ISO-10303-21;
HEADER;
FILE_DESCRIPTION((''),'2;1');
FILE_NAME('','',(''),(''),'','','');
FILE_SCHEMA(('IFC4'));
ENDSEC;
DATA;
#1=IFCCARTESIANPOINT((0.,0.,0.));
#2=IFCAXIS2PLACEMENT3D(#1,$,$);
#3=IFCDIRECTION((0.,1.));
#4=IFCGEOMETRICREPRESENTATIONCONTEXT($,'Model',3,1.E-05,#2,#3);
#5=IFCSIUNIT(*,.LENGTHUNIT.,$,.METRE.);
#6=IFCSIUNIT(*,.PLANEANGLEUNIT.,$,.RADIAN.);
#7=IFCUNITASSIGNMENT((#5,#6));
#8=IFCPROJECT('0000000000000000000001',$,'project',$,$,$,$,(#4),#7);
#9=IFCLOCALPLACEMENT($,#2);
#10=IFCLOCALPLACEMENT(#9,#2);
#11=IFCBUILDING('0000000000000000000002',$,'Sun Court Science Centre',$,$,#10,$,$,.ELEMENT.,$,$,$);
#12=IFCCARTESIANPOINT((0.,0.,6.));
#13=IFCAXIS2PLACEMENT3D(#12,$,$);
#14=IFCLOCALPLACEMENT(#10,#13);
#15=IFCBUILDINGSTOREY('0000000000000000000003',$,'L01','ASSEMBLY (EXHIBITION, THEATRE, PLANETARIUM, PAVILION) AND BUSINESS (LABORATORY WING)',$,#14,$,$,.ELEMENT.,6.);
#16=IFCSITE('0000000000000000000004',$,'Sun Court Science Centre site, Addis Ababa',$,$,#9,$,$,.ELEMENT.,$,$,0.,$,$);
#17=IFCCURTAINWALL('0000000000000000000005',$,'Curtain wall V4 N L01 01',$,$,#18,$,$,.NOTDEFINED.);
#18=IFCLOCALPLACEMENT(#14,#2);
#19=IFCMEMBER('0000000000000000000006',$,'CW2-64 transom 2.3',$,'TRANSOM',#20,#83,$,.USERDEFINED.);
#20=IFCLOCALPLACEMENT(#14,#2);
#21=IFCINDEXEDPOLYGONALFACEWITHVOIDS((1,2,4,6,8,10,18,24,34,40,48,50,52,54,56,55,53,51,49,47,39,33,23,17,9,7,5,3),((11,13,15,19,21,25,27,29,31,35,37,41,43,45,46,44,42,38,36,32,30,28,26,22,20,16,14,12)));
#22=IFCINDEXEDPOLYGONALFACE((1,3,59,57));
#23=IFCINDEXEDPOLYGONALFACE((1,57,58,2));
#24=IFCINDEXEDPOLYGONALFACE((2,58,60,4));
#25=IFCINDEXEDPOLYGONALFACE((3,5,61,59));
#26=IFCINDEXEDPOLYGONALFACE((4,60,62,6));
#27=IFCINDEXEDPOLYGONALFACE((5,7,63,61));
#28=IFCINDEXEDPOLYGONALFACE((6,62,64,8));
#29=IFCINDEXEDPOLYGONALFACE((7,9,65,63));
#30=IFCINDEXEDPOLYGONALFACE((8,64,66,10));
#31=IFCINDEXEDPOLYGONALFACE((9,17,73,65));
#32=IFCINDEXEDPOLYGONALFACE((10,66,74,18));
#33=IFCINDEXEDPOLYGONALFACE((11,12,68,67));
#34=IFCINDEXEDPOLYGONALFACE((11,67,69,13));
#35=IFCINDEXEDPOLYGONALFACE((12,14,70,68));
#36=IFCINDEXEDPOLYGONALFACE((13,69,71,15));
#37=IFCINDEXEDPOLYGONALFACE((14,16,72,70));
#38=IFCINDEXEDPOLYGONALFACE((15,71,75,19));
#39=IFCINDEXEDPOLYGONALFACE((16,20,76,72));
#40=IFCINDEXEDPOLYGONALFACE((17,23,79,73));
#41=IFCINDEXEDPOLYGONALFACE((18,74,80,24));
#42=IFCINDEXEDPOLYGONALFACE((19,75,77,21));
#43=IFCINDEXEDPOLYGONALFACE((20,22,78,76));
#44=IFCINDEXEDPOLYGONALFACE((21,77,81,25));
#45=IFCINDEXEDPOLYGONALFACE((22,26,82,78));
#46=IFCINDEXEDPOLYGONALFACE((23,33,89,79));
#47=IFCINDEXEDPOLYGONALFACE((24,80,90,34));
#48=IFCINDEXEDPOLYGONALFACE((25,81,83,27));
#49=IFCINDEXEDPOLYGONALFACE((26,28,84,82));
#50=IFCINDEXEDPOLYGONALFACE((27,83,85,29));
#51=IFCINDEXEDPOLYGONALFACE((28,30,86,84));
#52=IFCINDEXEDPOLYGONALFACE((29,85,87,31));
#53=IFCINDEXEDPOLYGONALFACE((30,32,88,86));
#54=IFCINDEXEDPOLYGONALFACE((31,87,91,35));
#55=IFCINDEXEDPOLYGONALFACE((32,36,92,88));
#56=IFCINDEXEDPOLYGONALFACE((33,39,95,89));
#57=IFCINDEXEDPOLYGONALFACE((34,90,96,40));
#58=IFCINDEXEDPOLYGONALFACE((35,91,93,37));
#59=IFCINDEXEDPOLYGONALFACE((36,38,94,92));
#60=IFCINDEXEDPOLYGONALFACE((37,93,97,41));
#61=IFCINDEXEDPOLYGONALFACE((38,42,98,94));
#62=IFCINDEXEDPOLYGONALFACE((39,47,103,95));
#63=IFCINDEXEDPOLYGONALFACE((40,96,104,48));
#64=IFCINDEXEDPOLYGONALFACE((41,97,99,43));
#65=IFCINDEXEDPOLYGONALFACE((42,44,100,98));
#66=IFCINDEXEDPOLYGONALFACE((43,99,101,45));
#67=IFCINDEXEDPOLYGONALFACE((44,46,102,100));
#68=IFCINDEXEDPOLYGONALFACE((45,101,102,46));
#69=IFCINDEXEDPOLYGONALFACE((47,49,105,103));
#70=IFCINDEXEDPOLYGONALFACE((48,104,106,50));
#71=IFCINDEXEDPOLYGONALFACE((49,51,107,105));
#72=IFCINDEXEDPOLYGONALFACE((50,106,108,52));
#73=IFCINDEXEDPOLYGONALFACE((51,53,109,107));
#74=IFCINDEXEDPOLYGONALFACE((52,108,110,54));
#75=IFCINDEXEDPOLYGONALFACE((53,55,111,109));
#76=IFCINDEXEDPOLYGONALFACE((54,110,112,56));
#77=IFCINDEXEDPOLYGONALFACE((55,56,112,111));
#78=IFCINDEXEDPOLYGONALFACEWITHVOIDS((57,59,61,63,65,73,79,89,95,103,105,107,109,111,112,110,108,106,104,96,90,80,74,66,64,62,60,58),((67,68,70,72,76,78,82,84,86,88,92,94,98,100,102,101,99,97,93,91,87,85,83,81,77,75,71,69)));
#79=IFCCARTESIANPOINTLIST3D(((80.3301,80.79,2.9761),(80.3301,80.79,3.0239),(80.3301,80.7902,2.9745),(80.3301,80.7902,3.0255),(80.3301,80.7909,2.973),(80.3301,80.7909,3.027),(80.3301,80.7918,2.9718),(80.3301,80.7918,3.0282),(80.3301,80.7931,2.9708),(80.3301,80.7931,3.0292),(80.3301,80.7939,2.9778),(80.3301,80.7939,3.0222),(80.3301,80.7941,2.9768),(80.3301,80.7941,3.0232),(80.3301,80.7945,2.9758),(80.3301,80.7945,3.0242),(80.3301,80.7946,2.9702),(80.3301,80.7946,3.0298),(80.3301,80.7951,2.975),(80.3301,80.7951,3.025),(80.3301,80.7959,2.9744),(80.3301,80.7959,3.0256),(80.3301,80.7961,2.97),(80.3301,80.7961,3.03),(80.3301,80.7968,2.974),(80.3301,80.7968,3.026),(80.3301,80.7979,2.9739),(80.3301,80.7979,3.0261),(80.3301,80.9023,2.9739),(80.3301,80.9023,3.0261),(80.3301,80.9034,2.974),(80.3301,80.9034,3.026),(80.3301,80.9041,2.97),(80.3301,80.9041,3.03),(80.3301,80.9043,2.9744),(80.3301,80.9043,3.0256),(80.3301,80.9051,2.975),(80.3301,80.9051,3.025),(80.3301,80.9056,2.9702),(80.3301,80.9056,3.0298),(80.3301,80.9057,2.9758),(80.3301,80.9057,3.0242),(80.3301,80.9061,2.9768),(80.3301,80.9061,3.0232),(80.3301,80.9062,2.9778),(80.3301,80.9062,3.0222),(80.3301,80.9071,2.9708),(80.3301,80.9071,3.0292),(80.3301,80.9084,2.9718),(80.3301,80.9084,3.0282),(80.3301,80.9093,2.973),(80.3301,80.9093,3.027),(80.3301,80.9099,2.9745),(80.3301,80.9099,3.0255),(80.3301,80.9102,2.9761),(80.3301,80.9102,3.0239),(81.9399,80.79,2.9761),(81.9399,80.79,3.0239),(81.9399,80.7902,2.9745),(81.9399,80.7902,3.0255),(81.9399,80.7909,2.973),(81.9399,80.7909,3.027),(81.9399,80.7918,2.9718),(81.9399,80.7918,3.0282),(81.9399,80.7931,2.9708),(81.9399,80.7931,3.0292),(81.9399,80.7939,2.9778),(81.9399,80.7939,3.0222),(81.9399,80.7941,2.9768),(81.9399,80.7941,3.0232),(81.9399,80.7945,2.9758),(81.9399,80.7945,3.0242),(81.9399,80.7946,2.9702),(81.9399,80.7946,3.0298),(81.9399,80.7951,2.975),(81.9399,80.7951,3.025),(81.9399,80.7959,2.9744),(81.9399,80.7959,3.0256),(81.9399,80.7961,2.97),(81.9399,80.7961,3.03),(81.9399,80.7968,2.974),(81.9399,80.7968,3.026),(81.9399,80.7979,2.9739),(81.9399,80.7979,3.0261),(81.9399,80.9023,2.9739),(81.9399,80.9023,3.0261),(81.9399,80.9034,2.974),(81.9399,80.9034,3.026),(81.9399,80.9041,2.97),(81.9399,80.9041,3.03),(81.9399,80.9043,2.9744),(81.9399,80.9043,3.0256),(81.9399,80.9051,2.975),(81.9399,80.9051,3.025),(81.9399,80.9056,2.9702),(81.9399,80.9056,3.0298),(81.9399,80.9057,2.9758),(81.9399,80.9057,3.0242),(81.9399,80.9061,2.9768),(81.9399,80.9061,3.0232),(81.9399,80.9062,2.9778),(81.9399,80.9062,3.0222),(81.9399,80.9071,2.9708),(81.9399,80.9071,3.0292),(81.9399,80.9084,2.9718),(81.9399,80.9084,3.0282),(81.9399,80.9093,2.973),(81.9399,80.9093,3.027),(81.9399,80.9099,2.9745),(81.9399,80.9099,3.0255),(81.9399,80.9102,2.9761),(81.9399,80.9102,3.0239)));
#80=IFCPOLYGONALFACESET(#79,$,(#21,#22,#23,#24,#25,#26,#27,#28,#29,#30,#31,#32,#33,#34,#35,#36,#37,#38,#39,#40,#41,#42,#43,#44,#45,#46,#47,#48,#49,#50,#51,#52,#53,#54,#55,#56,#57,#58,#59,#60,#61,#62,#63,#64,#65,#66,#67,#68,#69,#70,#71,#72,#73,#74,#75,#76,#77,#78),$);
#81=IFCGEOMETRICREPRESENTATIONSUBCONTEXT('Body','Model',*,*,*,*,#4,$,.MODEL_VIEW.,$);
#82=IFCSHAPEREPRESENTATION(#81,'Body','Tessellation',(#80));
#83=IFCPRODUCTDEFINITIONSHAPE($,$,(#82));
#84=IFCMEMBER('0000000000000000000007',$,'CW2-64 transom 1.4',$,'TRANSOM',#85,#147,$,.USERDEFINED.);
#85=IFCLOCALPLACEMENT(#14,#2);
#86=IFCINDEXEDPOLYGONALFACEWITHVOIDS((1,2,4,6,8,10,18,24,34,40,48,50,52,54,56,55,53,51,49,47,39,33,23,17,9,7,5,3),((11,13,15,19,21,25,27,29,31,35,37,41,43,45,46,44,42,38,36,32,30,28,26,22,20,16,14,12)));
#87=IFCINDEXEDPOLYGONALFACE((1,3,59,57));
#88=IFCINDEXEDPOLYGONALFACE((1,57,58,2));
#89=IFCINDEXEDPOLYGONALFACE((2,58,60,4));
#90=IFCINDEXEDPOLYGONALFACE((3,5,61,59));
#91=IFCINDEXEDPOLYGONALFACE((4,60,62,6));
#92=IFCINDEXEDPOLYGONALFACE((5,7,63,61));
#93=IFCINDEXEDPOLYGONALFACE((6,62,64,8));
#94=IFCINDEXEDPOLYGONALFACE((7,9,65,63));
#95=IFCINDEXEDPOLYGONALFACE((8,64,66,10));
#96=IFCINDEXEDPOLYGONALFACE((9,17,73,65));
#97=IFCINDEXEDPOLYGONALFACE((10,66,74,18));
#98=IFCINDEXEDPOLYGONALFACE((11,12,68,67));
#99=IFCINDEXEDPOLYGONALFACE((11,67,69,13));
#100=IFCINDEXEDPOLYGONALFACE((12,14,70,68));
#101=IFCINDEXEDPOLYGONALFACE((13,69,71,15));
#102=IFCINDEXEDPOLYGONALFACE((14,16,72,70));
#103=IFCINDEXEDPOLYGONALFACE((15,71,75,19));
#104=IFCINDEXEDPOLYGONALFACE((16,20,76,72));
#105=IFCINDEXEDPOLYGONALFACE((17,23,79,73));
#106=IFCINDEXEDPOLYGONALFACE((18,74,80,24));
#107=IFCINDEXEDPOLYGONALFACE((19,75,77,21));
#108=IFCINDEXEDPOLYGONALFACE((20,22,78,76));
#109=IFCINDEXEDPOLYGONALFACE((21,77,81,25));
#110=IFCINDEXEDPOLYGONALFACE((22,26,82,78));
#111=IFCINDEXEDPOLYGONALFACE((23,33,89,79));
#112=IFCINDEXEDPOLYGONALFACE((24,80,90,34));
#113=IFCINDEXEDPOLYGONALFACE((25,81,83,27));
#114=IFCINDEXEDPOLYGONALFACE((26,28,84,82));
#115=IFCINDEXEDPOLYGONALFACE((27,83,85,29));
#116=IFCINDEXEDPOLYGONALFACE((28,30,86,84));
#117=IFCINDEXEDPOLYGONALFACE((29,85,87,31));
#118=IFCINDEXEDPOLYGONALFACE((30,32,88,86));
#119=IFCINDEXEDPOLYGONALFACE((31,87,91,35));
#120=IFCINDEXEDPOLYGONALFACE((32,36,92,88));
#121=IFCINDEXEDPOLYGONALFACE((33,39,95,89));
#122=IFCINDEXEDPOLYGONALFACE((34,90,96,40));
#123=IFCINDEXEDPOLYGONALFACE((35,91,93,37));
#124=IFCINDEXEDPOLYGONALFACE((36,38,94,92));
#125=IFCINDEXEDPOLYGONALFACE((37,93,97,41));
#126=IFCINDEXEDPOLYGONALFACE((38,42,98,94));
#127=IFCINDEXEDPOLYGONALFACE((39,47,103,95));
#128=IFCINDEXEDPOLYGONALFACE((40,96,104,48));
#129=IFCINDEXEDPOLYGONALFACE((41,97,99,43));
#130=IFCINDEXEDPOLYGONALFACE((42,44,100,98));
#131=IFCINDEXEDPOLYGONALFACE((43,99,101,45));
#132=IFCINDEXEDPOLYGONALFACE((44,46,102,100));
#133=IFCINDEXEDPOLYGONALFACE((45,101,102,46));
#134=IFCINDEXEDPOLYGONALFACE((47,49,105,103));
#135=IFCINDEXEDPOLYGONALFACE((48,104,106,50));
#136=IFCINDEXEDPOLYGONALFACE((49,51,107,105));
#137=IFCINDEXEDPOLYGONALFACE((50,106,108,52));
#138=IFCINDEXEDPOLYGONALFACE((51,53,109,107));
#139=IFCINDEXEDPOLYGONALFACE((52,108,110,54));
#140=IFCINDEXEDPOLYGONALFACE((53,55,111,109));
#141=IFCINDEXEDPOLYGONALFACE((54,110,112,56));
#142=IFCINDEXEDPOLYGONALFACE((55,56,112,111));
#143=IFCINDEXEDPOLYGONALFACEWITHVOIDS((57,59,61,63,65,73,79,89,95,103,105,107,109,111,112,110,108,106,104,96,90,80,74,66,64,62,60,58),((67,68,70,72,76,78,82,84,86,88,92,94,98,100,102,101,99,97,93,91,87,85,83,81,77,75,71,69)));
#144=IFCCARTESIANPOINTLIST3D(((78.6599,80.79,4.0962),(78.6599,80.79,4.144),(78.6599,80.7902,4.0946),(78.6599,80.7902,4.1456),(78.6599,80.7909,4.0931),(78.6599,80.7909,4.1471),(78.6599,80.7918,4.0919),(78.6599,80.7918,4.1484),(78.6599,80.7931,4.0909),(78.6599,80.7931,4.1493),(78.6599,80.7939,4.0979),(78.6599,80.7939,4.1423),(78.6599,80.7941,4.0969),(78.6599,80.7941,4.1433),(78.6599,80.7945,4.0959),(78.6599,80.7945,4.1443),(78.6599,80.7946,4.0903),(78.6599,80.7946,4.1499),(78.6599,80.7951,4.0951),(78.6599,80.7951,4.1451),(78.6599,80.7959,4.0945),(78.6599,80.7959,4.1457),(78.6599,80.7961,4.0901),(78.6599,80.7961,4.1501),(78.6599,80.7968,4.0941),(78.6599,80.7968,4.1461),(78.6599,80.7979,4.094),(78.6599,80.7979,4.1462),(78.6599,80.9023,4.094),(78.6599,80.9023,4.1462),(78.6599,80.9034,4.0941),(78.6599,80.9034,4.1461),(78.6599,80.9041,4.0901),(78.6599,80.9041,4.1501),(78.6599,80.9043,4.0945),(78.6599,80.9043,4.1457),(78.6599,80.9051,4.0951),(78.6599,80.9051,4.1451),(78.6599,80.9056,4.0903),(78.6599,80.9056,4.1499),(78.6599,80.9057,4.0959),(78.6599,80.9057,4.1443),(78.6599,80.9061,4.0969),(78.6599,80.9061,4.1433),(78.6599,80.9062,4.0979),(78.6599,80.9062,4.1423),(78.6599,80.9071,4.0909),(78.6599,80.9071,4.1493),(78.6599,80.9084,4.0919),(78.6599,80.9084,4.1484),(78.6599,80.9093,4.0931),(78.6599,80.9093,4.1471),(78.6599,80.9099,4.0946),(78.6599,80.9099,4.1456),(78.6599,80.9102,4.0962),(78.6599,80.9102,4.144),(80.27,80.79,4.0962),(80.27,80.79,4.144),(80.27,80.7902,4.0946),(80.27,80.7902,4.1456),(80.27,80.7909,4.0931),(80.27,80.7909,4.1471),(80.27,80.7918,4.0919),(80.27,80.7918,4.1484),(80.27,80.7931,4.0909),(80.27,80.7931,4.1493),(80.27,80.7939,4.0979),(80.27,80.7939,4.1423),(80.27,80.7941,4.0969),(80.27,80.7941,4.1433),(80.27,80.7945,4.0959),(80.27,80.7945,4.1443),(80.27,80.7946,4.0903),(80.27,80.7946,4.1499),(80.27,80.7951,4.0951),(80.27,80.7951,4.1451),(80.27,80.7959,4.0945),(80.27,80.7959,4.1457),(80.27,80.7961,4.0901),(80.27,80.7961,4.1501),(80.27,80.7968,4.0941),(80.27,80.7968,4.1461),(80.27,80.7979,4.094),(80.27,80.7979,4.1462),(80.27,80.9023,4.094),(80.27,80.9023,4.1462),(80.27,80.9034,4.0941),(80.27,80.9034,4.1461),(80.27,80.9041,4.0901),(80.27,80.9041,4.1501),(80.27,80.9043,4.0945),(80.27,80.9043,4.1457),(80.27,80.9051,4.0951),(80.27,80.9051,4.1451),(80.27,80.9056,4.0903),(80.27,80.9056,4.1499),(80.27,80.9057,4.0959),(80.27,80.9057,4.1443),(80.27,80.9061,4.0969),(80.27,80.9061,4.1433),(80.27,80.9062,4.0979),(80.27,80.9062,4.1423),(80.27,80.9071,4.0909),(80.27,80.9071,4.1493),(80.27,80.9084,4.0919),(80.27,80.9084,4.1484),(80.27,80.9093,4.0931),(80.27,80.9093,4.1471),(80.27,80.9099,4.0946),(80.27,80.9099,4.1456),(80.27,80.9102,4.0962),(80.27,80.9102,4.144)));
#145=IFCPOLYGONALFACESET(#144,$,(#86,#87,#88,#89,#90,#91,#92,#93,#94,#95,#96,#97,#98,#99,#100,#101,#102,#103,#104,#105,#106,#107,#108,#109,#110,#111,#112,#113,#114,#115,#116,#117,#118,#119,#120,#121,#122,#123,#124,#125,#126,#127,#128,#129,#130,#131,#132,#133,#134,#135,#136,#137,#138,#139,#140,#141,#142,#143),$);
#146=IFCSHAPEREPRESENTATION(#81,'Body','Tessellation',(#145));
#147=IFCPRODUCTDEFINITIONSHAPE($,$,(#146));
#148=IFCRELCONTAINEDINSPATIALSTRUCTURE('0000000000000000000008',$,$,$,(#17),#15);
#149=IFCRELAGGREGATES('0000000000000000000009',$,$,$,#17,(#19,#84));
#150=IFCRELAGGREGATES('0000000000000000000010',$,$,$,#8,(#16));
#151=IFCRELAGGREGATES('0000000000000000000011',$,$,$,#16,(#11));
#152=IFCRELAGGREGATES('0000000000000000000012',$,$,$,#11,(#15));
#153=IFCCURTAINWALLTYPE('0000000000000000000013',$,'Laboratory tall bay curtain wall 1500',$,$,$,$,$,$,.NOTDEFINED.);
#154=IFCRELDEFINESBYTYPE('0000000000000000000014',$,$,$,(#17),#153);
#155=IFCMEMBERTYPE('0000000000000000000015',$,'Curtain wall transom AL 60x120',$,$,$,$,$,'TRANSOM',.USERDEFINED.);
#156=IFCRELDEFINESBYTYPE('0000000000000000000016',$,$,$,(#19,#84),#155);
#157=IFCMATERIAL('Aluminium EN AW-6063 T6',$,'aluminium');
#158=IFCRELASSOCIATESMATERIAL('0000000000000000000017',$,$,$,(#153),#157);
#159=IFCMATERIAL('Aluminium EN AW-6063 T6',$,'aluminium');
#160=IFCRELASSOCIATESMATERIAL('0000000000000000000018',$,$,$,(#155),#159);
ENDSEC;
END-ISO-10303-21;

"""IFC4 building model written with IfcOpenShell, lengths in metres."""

from ifc_helpers import new_model, si_unit, direction, frame, origin, origin_2d, place, context, subcontext, project, spatial, hollow_rectangle, extrude, material, material_profile, profile_set, type_object, element, aggregate, save


model = new_model("IFC4")

# Units and contexts
model_context = context("Model", 3, precision=1e-05, world=origin(), true_north=direction((0.0, 1.0)))
body_context = subcontext(model_context, "Body", "Model", "MODEL_VIEW")
ifc_project = project(units=[si_unit("LENGTHUNIT", "METRE"), si_unit("PLANEANGLEUNIT", "RADIAN")], contexts=[model_context])

# Site, building, storey
site_placement = place(None, origin())
site = spatial("IfcSite", under=ifc_project, at=site_placement, Name="Sun Court Science Centre site, Addis Ababa", CompositionType="ELEMENT", RefElevation=0.0)
building_placement = place(site_placement, origin())
building = spatial("IfcBuilding", under=site, at=building_placement, Name="Sun Court Science Centre", CompositionType="ELEMENT")
storey_placement = place(building_placement, frame((0.0, 0.0, 6.0)))
storey = spatial("IfcBuildingStorey", under=building, at=storey_placement, Name="L01", Description="ASSEMBLY (EXHIBITION, THEATRE, PLANETARIUM, PAVILION) AND BUSINESS (LABORATORY WING)", CompositionType="ELEMENT", Elevation=6.0)

# Curtain wall
ifc_material_1 = material(Name="Aluminium EN AW-6063 T6", Category="aluminium")
curtain_wall_type = type_object("IfcCurtainWallType", Name="Laboratory tall bay curtain wall 1500", PredefinedType="NOTDEFINED", material=ifc_material_1)
curtain_wall_1_placement = place(storey_placement, origin())
curtain_wall_1 = element("IfcCurtainWall", 1, at=curtain_wall_1_placement, inside=storey, type_object=curtain_wall_type, Name="Curtain wall V4 N L01 01", PredefinedType="NOTDEFINED")

# Members
ifc_material_2 = material(Name="Aluminium EN AW-6063 T6", Category="aluminium")
ifc_material_profile_1 = material_profile(ifc_material_2, hollow_rectangle(XDim=0.0601, YDim=0.1201, WallThickness=0.0039, InnerFilletRadius=0.0039, OuterFilletRadius=0.0061, at=origin_2d()), Name="AL 60x120x4")
ifc_profile_set_1 = profile_set([ifc_material_profile_1], Name="Aluminium EN AW-6063 T6")
member_type_1 = type_object("IfcMemberType", Name="Curtain wall transom AL 60x120", ElementType="TRANSOM", PredefinedType="USERDEFINED", material=ifc_profile_set_1)
member_1_placement = place(storey_placement, frame((80.3301, 80.8501, 3.0), z_axis=(1.0, 0.0, 0.0), x_axis=(0.0, 0.0, 1.0)))
member_1 = element("IfcMember", 2, at=member_1_placement, type_object=member_type_1, Name="CW2-64 transom 2.3", ObjectType="TRANSOM", PredefinedType="USERDEFINED", context=body_context, shape_type="SweptSolid", body=[
    extrude(hollow_rectangle(XDim=0.0601, YDim=0.1201, WallThickness=0.0039, InnerFilletRadius=0.0039, OuterFilletRadius=0.0061, at=origin_2d()), origin(), (0.0, 0.0, 1.0), 1.6099),
])
member_2_placement = place(storey_placement, frame((78.6599, 80.8501, 4.1201), z_axis=(1.0, 0.0, 0.0), x_axis=(0.0, 0.0, 1.0)))
member_2 = element("IfcMember", 3, at=member_2_placement, type_object=member_type_1, Name="CW2-64 transom 1.4", ObjectType="TRANSOM", PredefinedType="USERDEFINED", context=body_context, shape_type="SweptSolid", body=[
    extrude(hollow_rectangle(XDim=0.0601, YDim=0.1201, WallThickness=0.0039, InnerFilletRadius=0.0039, OuterFilletRadius=0.0061, at=origin_2d()), origin(), (0.0, 0.0, 1.0), 1.6101),
])

aggregate(curtain_wall_1, [member_1, member_2])

save(model, "model.ifc")
